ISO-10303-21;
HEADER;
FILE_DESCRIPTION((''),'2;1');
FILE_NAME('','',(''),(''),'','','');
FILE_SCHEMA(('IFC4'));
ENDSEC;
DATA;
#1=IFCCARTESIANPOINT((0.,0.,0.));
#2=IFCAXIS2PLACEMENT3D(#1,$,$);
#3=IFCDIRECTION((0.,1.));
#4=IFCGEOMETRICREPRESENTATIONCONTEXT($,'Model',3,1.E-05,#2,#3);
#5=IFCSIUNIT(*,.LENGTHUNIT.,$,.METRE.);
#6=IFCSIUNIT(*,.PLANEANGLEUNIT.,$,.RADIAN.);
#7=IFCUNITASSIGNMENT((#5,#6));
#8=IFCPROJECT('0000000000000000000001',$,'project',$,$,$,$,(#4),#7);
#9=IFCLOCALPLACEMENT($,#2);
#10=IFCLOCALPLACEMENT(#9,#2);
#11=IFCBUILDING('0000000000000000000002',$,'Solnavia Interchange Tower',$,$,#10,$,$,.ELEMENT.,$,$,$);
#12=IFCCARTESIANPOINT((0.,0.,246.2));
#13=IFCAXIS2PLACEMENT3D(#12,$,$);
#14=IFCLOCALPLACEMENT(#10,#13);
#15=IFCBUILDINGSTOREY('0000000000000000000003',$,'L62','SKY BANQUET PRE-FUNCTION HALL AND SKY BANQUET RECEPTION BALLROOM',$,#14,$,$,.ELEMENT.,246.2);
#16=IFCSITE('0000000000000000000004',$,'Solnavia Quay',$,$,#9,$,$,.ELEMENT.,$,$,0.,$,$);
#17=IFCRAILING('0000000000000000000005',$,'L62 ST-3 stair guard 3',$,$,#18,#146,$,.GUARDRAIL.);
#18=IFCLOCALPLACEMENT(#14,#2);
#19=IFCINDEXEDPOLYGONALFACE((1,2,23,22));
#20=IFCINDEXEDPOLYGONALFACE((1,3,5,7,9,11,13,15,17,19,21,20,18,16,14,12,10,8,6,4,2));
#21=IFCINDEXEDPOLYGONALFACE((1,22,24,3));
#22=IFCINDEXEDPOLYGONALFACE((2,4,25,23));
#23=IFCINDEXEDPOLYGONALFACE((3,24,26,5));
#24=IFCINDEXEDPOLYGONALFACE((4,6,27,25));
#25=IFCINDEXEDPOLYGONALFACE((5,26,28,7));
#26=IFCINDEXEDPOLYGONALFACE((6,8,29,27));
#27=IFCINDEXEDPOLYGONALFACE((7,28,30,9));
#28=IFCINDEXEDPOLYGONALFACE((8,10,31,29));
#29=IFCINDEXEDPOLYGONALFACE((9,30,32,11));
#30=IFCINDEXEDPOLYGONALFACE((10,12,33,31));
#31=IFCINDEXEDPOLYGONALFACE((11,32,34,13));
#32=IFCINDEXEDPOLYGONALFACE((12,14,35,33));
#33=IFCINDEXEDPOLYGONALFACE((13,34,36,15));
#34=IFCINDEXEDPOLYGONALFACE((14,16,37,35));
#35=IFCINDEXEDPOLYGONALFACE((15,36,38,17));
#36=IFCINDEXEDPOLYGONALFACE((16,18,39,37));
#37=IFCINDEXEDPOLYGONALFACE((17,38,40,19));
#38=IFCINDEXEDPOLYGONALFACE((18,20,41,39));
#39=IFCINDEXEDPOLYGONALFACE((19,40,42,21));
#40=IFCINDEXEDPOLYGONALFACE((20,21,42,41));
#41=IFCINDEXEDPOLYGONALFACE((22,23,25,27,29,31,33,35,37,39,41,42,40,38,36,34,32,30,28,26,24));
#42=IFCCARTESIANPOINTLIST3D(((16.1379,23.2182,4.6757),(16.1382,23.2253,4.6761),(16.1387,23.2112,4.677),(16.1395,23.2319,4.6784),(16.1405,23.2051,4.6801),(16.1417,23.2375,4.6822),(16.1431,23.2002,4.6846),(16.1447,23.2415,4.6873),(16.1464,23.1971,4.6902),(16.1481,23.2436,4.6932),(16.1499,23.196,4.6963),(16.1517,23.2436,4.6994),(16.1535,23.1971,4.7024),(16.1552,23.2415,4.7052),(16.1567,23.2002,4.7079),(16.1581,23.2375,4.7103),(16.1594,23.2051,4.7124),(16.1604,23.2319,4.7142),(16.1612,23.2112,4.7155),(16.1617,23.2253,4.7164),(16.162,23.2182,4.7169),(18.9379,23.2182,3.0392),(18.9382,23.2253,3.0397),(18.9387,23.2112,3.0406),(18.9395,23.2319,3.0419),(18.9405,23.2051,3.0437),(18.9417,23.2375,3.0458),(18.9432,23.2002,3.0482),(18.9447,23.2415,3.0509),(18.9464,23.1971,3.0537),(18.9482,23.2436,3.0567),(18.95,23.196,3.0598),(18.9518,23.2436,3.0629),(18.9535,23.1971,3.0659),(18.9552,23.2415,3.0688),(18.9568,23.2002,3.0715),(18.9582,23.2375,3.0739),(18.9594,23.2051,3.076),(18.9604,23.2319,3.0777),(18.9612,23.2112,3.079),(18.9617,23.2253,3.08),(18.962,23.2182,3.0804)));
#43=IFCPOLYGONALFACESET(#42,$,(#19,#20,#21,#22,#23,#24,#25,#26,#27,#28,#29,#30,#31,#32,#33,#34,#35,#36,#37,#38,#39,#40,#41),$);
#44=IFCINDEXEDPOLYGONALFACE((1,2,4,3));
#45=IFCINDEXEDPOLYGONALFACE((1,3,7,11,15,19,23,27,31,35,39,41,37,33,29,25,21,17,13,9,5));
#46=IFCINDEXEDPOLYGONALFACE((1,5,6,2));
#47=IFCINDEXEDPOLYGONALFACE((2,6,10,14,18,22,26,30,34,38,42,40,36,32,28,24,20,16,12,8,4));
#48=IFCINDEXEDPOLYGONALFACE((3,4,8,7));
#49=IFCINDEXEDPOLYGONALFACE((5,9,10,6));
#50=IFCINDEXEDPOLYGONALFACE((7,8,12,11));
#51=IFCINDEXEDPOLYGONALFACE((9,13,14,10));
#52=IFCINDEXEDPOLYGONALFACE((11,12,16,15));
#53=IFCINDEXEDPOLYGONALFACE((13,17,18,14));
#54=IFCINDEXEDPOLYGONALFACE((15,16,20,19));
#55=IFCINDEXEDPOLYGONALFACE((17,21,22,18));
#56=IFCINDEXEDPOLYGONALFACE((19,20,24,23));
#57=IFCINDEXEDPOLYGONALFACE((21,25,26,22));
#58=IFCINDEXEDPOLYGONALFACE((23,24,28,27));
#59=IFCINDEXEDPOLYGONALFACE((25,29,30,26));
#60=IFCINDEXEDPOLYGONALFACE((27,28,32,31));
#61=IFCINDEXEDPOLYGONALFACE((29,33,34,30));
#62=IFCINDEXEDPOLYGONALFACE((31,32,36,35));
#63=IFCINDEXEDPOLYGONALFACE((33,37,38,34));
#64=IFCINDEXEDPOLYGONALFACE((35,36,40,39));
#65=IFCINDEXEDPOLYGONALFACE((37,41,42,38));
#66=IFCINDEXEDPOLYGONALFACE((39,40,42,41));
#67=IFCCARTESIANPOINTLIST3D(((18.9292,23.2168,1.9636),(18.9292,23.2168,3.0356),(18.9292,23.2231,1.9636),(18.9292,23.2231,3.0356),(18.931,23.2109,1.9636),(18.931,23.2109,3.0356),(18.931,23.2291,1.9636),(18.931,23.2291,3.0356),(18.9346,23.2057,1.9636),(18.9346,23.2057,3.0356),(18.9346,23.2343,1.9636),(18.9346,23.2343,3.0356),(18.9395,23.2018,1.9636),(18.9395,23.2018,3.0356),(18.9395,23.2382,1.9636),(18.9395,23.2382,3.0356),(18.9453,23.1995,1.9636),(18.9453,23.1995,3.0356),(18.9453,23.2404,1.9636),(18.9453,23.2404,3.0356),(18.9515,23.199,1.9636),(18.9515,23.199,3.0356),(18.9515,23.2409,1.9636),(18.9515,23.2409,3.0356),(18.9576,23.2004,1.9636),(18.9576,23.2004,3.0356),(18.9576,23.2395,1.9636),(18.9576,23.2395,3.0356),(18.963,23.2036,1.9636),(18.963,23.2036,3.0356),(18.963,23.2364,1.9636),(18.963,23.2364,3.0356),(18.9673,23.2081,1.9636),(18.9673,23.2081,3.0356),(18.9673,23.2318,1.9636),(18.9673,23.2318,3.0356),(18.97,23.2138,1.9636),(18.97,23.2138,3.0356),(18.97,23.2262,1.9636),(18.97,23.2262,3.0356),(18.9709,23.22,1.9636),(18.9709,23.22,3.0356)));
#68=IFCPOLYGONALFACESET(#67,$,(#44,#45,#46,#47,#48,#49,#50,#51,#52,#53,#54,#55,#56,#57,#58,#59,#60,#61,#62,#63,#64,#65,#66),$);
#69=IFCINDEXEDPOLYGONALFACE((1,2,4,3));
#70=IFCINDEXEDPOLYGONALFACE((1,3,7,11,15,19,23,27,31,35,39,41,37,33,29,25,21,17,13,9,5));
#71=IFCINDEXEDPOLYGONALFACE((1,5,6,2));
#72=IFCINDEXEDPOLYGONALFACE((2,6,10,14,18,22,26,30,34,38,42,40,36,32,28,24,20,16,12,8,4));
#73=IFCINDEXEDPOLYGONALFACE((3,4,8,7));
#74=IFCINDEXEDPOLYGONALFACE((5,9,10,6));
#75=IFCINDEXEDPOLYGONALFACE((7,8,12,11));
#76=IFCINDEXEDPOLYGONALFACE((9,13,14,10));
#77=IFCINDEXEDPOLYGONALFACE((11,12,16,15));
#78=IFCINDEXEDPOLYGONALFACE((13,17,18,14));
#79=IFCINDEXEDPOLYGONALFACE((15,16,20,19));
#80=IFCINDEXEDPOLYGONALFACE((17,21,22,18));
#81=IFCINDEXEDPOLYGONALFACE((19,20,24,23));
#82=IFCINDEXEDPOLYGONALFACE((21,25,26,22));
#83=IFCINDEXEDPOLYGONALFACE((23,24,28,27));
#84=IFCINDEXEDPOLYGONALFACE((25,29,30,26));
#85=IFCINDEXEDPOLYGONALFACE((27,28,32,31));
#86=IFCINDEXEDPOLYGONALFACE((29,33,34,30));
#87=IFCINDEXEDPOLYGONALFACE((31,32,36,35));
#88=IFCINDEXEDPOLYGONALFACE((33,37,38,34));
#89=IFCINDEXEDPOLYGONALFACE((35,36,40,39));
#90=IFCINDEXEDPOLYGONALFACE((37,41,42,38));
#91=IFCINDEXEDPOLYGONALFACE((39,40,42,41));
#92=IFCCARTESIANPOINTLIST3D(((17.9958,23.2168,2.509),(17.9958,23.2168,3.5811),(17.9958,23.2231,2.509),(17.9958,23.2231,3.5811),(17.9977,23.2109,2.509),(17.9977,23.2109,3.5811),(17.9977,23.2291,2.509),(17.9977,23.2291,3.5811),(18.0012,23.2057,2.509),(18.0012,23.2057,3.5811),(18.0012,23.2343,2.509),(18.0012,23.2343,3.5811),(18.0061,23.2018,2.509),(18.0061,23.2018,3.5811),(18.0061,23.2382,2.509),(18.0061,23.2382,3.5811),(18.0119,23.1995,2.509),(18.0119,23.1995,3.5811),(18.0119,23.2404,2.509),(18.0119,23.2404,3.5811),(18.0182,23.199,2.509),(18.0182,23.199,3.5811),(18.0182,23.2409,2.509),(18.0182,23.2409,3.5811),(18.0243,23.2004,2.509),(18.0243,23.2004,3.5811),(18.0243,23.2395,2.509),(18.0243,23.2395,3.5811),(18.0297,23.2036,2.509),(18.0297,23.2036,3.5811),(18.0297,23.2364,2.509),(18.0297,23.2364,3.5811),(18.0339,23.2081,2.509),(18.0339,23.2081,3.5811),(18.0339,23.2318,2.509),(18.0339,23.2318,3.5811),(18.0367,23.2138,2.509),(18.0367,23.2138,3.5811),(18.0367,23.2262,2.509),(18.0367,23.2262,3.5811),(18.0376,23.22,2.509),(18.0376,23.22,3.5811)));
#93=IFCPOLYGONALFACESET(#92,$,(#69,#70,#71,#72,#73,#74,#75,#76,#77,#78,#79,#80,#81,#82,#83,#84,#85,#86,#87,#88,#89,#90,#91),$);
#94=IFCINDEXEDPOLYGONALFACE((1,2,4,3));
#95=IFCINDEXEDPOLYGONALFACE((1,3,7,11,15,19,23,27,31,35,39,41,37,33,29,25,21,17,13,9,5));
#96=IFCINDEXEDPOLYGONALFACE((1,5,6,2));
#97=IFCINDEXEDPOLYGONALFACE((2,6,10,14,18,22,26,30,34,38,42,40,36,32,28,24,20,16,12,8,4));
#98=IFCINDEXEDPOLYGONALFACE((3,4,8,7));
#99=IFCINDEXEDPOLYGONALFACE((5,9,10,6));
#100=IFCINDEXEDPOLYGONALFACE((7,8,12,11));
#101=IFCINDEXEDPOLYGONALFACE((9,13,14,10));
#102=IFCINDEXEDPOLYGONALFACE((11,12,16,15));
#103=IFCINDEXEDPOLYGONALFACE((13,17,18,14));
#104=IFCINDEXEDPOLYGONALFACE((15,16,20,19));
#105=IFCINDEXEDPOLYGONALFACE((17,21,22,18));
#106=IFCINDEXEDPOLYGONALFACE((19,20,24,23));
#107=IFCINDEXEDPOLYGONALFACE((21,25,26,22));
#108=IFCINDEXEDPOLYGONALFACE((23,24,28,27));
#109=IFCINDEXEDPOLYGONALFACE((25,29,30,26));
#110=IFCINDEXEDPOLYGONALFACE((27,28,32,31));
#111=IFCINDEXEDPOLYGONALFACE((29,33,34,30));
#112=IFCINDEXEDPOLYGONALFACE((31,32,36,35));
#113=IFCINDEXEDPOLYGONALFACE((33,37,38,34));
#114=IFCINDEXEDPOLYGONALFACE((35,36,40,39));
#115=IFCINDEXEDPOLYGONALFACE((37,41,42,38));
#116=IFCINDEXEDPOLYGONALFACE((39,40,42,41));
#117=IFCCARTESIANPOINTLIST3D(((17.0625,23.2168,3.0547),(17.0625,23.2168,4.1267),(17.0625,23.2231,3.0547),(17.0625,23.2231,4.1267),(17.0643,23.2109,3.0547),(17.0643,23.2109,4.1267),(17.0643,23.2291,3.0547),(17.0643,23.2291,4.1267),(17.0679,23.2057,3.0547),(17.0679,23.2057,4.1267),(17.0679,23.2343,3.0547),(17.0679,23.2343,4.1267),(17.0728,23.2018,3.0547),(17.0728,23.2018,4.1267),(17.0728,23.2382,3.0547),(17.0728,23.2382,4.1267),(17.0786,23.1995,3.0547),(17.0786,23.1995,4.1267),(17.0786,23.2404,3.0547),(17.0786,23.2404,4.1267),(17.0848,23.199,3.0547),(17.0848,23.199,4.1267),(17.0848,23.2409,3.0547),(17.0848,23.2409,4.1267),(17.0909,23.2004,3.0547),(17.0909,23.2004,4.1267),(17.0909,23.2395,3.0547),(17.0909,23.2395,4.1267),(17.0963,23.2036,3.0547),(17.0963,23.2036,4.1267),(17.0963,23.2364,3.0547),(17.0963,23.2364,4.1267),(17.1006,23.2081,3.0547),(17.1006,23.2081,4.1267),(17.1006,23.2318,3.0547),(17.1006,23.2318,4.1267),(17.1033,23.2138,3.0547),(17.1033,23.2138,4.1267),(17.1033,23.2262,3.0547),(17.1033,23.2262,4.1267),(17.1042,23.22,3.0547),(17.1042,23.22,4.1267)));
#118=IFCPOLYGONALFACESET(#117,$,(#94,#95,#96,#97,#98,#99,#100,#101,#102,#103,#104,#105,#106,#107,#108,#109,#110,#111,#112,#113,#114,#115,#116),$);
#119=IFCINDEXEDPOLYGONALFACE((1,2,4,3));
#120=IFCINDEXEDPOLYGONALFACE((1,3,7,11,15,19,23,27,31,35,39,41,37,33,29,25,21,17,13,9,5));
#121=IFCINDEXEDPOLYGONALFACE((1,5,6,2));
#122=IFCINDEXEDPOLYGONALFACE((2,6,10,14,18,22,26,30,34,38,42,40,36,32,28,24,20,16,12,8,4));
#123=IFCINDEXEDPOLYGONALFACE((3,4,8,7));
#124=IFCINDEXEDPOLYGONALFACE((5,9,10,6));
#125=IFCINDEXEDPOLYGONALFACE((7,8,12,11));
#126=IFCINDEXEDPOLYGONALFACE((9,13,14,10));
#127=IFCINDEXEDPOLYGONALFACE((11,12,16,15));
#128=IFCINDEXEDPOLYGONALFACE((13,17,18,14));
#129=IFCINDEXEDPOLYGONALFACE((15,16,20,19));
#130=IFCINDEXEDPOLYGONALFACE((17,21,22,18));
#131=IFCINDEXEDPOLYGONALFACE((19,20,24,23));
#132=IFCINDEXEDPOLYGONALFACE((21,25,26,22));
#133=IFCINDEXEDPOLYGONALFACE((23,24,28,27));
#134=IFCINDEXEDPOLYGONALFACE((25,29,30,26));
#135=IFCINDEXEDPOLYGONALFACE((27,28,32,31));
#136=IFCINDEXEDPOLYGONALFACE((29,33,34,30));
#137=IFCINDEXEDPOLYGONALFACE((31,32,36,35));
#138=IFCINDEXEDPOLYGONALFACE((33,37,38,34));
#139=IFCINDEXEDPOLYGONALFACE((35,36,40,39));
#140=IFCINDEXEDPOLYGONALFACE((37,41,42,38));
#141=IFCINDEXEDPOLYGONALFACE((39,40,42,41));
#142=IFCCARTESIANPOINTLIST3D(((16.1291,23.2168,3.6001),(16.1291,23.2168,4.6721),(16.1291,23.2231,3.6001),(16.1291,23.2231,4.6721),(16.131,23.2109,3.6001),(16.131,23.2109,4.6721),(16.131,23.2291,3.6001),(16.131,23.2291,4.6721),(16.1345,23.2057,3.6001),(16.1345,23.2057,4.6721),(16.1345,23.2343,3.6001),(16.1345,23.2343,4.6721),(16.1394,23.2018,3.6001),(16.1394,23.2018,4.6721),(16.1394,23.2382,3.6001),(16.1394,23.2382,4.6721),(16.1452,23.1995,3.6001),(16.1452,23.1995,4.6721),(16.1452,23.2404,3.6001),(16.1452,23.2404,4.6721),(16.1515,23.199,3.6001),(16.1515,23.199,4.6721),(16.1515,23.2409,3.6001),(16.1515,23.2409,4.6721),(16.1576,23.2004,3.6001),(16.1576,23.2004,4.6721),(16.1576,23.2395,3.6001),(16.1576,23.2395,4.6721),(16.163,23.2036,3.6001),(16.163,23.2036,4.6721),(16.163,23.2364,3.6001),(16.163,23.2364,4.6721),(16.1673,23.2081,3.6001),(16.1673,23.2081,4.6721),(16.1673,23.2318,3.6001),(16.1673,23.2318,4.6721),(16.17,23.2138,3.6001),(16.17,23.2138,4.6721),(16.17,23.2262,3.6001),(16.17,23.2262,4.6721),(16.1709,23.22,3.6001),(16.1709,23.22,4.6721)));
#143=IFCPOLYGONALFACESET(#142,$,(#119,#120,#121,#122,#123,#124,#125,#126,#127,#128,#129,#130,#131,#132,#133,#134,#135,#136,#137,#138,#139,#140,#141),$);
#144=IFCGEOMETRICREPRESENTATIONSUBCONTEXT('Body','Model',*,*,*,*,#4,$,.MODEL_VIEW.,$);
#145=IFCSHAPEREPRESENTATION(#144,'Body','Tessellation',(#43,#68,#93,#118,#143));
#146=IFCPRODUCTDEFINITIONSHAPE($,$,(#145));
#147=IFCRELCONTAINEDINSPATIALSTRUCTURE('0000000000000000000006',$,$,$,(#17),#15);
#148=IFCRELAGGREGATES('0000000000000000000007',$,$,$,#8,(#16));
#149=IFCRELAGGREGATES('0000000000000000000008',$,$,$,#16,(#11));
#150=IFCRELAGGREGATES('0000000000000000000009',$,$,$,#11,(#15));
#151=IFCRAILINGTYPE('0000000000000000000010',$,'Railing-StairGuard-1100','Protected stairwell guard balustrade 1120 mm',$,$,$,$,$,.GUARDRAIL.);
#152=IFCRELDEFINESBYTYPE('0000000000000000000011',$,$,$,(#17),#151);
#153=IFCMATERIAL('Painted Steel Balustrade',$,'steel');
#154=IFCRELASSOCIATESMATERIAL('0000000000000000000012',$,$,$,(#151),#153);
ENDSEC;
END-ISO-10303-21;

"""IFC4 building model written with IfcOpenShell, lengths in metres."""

from ifc_helpers import new_model, si_unit, direction, frame, origin, origin_2d, place, context, subcontext, project, spatial, circle, extrude, material, type_object, element, save


model = new_model("IFC4")

# Units and contexts
model_context = context("Model", 3, precision=1e-05, world=origin(), true_north=direction((0.0, 1.0)))
body_context = subcontext(model_context, "Body", "Model", "MODEL_VIEW")
ifc_project = project(units=[si_unit("LENGTHUNIT", "METRE"), si_unit("PLANEANGLEUNIT", "RADIAN")], contexts=[model_context])

# Site, building, storey
site_placement = place(None, origin())
site = spatial("IfcSite", under=ifc_project, at=site_placement, Name="Solnavia Quay", CompositionType="ELEMENT", RefElevation=0.0)
building_placement = place(site_placement, origin())
building = spatial("IfcBuilding", under=site, at=building_placement, Name="Solnavia Interchange Tower", CompositionType="ELEMENT")
storey_placement = place(building_placement, frame((0.0, 0.0, 246.2)))
storey = spatial("IfcBuildingStorey", under=building, at=storey_placement, Name="L62", Description="SKY BANQUET PRE-FUNCTION HALL AND SKY BANQUET RECEPTION BALLROOM", CompositionType="ELEMENT", Elevation=246.2)

# Railing
ifc_material_1 = material(Name="Painted Steel Balustrade", Category="steel")
railing_type_1 = type_object("IfcRailingType", Name="Railing-StairGuard-1100", Description="Protected stairwell guard balustrade 1120 mm", PredefinedType="GUARDRAIL", material=ifc_material_1)
railing_1_placement = place(storey_placement, frame((18.95, 23.22, 1.9636)))
element("IfcRailing", 1, at=railing_1_placement, inside=storey, type_object=railing_type_1, Name="L62 ST-3 stair guard 3", PredefinedType="GUARDRAIL", context=body_context, shape_type="SweptSolid", body=[
    extrude(circle(Radius=0.0239, at=origin_2d()), frame((0.0, 0.0, 1.0962), z_axis=(-0.863361, 0.0, 0.504587), x_axis=(0.0, -1.0, 0.0)), (0.0, 0.0, 1.0), 3.2432),
    extrude(circle(Radius=0.021, at=origin_2d()), origin(), (0.0, 0.0, 1.0), 1.072),
    extrude(circle(Radius=0.021, at=origin_2d()), frame((-0.9333, 0.0, 0.5454)), (0.0, 0.0, 1.0), 1.072),
    extrude(circle(Radius=0.021, at=origin_2d()), frame((-1.8667, 0.0, 1.0911)), (0.0, 0.0, 1.0), 1.072),
    extrude(circle(Radius=0.021, at=origin_2d()), frame((-2.8, 0.0, 1.6365)), (0.0, 0.0, 1.0), 1.072),
])

save(model, "model.ifc")
